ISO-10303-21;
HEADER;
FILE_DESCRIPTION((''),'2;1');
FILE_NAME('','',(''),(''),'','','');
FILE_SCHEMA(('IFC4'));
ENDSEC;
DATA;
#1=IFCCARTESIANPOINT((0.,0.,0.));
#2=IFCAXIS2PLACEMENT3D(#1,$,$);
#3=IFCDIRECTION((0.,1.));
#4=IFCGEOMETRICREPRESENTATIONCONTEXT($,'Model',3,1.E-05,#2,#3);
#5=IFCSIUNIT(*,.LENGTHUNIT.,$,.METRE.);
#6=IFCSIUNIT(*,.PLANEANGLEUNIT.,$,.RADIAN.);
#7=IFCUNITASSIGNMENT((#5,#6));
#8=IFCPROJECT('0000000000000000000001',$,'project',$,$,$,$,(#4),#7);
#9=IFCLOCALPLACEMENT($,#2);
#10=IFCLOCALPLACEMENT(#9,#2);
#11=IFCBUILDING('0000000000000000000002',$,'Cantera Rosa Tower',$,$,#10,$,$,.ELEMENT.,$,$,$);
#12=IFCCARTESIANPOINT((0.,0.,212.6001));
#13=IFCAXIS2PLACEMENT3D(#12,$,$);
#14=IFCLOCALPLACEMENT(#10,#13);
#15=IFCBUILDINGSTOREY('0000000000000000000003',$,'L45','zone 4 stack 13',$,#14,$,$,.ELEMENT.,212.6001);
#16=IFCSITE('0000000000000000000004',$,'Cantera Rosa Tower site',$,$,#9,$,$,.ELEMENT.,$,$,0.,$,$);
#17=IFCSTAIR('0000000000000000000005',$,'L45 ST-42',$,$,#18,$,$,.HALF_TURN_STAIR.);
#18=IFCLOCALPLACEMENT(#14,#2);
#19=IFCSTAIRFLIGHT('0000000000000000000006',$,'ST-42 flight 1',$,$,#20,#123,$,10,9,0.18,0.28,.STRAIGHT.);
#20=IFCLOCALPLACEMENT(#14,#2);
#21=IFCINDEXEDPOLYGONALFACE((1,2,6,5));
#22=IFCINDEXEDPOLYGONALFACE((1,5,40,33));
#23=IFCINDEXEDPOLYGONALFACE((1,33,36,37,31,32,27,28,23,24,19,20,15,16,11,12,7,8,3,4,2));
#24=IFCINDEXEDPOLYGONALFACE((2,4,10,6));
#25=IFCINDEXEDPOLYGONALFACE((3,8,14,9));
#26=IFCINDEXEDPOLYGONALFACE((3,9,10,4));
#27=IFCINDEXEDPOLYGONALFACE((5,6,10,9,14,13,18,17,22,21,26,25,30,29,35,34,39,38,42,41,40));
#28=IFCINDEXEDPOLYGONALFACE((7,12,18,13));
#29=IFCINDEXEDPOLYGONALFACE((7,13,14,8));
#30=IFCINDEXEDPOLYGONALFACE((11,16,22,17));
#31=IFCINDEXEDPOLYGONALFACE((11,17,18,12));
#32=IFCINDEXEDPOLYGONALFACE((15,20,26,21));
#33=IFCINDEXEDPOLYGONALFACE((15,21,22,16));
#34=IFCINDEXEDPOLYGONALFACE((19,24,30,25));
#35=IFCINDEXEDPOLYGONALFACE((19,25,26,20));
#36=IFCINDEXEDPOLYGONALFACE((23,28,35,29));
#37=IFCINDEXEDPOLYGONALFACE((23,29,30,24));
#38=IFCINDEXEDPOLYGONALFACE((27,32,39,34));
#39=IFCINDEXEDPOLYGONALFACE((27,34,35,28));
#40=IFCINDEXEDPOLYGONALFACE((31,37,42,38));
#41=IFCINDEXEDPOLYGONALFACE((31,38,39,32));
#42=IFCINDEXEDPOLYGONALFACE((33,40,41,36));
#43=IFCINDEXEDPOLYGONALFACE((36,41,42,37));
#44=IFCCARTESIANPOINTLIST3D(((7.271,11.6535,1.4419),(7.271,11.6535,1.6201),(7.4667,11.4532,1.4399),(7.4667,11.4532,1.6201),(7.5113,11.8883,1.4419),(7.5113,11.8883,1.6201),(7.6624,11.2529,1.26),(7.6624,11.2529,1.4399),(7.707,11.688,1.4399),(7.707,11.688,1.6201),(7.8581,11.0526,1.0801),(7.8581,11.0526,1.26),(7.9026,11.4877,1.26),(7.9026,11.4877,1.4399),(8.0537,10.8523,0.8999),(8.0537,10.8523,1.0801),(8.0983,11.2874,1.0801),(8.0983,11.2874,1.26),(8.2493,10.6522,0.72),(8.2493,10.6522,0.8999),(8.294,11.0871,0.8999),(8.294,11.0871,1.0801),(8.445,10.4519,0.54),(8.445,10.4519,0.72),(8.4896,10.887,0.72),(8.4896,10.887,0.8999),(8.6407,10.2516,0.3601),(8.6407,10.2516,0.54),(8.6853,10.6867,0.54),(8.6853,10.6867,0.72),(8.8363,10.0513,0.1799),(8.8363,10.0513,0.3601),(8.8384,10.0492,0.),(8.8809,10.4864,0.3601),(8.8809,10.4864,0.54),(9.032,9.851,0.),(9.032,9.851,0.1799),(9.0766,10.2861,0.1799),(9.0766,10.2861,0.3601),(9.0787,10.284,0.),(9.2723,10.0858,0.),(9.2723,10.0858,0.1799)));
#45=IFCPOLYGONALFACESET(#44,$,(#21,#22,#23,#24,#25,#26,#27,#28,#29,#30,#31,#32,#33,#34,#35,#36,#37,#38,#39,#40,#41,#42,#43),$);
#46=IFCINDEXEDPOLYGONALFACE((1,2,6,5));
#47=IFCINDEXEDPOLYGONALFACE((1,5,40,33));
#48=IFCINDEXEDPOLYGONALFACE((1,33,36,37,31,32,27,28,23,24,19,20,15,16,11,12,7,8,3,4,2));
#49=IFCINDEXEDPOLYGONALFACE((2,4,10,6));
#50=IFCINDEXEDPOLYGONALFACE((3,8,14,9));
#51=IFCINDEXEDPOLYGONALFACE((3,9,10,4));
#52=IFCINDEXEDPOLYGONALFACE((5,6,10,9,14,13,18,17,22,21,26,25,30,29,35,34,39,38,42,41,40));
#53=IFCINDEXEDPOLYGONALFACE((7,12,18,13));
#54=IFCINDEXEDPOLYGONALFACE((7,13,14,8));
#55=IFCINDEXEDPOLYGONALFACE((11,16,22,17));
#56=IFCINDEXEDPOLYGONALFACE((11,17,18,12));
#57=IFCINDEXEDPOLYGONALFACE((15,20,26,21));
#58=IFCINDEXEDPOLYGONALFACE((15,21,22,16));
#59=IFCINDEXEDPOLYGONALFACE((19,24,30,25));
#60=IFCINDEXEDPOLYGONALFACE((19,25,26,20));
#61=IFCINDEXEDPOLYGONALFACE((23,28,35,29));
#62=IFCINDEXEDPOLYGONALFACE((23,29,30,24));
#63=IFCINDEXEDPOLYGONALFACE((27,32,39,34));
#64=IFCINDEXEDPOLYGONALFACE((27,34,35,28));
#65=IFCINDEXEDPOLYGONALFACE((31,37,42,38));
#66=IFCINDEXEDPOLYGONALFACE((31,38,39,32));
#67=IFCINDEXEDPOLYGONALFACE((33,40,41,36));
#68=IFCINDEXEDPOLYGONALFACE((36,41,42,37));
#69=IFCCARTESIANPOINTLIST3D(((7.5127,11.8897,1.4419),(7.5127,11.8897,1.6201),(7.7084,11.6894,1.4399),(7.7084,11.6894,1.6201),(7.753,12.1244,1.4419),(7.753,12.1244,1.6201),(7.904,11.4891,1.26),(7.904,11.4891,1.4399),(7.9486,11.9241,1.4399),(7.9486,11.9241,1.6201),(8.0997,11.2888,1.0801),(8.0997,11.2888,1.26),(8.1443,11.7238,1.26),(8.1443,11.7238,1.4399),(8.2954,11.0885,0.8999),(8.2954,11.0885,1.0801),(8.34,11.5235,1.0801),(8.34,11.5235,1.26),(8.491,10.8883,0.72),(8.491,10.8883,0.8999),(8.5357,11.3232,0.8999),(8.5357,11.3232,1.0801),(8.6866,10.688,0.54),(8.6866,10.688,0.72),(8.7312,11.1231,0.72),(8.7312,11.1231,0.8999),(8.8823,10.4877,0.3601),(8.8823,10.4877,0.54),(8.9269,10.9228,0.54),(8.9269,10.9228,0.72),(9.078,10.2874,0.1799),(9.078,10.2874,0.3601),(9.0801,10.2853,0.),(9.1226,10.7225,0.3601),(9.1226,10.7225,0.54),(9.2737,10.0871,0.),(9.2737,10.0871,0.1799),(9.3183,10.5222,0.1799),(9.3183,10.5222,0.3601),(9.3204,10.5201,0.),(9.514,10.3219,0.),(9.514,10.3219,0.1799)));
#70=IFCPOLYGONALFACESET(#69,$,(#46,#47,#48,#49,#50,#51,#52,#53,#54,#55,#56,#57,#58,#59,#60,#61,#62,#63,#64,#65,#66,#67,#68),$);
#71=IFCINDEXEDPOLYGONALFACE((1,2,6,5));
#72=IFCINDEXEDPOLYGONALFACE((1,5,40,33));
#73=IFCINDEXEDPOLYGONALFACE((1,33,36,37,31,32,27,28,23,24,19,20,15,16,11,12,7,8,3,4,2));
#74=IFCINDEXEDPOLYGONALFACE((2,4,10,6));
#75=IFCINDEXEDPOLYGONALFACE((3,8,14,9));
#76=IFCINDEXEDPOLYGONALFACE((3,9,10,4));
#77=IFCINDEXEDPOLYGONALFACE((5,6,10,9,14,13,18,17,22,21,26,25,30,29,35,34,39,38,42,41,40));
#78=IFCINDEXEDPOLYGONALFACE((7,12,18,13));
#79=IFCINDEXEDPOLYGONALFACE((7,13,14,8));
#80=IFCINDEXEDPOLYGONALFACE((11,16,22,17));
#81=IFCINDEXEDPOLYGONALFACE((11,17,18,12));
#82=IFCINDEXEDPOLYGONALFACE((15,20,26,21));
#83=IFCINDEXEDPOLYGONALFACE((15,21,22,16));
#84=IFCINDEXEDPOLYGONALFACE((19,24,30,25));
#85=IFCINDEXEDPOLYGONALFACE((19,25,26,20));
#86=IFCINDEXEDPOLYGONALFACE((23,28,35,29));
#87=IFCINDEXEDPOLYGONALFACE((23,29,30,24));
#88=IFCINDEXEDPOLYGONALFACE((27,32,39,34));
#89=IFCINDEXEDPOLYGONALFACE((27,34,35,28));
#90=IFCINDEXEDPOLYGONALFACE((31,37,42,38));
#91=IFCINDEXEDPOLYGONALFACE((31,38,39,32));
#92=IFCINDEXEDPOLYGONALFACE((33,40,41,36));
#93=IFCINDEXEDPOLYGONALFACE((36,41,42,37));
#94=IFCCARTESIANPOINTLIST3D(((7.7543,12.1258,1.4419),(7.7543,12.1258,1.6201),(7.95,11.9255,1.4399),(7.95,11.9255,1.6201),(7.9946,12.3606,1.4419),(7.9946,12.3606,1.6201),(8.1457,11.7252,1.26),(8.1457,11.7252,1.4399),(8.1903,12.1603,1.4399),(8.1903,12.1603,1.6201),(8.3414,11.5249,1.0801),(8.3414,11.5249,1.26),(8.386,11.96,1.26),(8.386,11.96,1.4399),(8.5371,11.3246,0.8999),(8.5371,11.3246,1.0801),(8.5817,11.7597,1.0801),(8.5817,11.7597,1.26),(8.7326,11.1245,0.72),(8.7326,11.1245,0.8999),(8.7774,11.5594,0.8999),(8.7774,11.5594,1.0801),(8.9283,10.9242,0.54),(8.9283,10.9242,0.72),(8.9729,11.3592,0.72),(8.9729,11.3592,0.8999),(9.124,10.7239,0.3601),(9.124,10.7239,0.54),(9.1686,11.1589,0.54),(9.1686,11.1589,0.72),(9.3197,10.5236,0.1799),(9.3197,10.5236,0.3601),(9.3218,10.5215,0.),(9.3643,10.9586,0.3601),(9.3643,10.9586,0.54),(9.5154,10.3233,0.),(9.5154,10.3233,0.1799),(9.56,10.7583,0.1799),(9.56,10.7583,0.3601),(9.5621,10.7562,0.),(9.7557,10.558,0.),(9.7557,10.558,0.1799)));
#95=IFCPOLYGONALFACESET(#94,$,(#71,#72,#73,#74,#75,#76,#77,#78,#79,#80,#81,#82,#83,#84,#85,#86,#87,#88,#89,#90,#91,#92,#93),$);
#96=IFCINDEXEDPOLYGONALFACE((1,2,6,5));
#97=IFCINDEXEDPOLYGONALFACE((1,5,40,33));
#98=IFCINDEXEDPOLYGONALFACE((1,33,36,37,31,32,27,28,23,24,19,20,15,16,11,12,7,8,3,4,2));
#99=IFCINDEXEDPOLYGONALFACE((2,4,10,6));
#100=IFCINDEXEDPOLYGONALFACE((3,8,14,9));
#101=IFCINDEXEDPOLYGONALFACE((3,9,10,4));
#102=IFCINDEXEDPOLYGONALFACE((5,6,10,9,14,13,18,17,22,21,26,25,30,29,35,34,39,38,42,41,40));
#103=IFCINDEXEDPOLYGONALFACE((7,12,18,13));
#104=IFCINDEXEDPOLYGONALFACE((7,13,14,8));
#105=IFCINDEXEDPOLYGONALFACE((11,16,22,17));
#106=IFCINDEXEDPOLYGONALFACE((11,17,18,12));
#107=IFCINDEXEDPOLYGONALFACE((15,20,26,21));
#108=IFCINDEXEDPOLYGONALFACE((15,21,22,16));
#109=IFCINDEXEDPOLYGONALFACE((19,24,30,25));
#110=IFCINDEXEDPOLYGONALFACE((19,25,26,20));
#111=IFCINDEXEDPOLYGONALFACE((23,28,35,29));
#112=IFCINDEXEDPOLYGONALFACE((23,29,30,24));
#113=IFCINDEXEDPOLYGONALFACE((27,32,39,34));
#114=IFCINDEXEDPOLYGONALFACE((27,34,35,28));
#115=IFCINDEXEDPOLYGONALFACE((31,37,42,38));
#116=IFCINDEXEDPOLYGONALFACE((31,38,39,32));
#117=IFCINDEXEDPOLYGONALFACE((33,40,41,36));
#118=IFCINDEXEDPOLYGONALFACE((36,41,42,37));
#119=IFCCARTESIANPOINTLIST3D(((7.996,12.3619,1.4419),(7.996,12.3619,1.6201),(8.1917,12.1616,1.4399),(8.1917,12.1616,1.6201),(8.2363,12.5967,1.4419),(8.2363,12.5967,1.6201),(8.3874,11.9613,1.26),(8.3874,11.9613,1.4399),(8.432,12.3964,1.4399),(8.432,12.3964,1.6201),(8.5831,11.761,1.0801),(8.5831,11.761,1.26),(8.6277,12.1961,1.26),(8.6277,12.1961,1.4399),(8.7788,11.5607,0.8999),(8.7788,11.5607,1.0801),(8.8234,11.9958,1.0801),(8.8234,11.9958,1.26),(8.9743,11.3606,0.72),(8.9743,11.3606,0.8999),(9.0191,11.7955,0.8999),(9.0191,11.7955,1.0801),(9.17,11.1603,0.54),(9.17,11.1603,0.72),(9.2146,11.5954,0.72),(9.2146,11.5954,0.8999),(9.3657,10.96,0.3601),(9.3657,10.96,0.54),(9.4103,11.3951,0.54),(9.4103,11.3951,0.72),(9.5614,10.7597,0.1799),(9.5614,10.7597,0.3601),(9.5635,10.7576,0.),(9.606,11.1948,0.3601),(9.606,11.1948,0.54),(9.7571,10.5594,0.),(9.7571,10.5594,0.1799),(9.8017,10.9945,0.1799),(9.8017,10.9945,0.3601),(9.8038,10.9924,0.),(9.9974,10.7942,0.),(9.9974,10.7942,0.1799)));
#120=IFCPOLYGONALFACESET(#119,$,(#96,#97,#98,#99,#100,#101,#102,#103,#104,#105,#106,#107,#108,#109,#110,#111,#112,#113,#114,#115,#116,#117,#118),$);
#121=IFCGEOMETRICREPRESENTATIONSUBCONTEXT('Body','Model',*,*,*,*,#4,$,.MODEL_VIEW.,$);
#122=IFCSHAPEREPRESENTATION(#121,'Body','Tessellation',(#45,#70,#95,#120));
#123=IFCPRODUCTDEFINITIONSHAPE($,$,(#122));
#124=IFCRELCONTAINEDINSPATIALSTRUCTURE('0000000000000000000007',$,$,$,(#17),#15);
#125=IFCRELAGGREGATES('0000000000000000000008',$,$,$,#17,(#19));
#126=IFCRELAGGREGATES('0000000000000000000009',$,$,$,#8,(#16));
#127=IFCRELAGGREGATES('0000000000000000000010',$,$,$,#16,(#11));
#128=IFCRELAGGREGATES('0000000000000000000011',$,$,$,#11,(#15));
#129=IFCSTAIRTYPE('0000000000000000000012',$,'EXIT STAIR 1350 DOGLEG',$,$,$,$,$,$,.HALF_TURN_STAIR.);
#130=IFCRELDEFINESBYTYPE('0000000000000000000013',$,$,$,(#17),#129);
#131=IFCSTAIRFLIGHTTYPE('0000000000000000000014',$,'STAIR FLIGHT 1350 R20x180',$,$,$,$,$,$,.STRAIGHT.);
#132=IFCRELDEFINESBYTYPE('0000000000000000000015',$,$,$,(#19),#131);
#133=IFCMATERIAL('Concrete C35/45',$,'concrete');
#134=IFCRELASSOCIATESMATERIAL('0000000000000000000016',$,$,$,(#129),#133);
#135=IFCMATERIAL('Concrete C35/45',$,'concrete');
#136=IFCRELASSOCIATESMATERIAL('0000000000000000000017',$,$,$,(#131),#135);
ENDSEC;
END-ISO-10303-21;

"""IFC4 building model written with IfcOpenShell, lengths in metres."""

from ifc_helpers import new_model, si_unit, direction, frame, origin, place, context, subcontext, project, spatial, polyline, outline, extrude, material, type_object, element, aggregate, save


model = new_model("IFC4")

# Units and contexts
model_context = context("Model", 3, precision=1e-05, world=origin(), true_north=direction((0.0, 1.0)))
body_context = subcontext(model_context, "Body", "Model", "MODEL_VIEW")
ifc_project = project(units=[si_unit("LENGTHUNIT", "METRE"), si_unit("PLANEANGLEUNIT", "RADIAN")], contexts=[model_context])

# Site, building, storey
site_placement = place(None, origin())
site = spatial("IfcSite", under=ifc_project, at=site_placement, Name="Cantera Rosa Tower site", CompositionType="ELEMENT", RefElevation=0.0)
building_placement = place(site_placement, origin())
building = spatial("IfcBuilding", under=site, at=building_placement, Name="Cantera Rosa Tower", CompositionType="ELEMENT")
storey_placement = place(building_placement, frame((0.0, 0.0, 212.6001)))
storey = spatial("IfcBuildingStorey", under=building, at=storey_placement, Name="L45", Description="zone 4 stack 13", CompositionType="ELEMENT", Elevation=212.6001)

# Shared definitions
ifc_material_1 = material(Name="Concrete C35/45", Category="concrete")
stair_type = type_object("IfcStairType", Name="EXIT STAIR 1350 DOGLEG", PredefinedType="HALF_TURN_STAIR", material=ifc_material_1)
ifc_material_2 = material(Name="Concrete C35/45", Category="concrete")
stair_flight_type = type_object("IfcStairFlightType", Name="STAIR FLIGHT 1350 R20x180", PredefinedType="STRAIGHT", material=ifc_material_2)

# Stair, stair flight
stair_1_placement = place(storey_placement, origin())
stair_1 = element("IfcStair", 1, at=stair_1_placement, inside=storey, type_object=stair_type, Name="L45 ST-42", PredefinedType="HALF_TURN_STAIR")
stair_flight_1_placement = place(storey_placement, frame((9.5149, 10.3228, 0.0), z_axis=(0.0, 0.0, 1.0), x_axis=(-0.698832, 0.715286, 0.0)))
stair_flight_1 = element("IfcStairFlight", 2, at=stair_flight_1_placement, type_object=stair_flight_type, Name="ST-42 flight 1", NumberOfRisers=10, NumberOfTreads=9, PredefinedType="STRAIGHT", RiserHeight=0.18, TreadLength=0.28, context=body_context, shape_type="SweptSolid", body=[
    extrude(outline(polyline([(0.0, 0.0), (0.0, 0.1799), (0.28, 0.1799), (0.28, 0.3601), (0.5601, 0.3601), (0.5601, 0.54), (0.8401, 0.54), (0.8401, 0.72), (1.1201, 0.72), (1.1201, 0.8999), (1.3999, 0.8999), (1.3999, 1.0801), (1.6799, 1.0801), (1.6799, 1.26), (1.96, 1.26), (1.96, 1.4399), (2.24, 1.4399), (2.24, 1.6201), (2.52, 1.6201), (2.52, 1.8), (2.52, 1.4419), (0.2771, 0.0), (0.0, 0.0)])), frame((0.0, 0.675, 0.0), z_axis=(0.0, -1.0, 0.0), x_axis=(1.0, 0.0, 0.0)), (0.0, 0.0, 1.0), 0.3359),
    extrude(outline(polyline([(0.0, 0.0), (0.0, 0.1799), (0.28, 0.1799), (0.28, 0.3601), (0.5601, 0.3601), (0.5601, 0.54), (0.8401, 0.54), (0.8401, 0.72), (1.1201, 0.72), (1.1201, 0.8999), (1.3999, 0.8999), (1.3999, 1.0801), (1.6799, 1.0801), (1.6799, 1.26), (1.96, 1.26), (1.96, 1.4399), (2.24, 1.4399), (2.24, 1.6201), (2.52, 1.6201), (2.52, 1.8), (2.52, 1.4419), (0.2771, 0.0), (0.0, 0.0)])), frame((0.0, 0.3372, 0.0), z_axis=(0.0, -1.0, 0.0), x_axis=(1.0, 0.0, 0.0)), (0.0, 0.0, 1.0), 0.3359),
    extrude(outline(polyline([(0.0, 0.0), (0.0, 0.1799), (0.28, 0.1799), (0.28, 0.3601), (0.5601, 0.3601), (0.5601, 0.54), (0.8401, 0.54), (0.8401, 0.72), (1.1201, 0.72), (1.1201, 0.8999), (1.3999, 0.8999), (1.3999, 1.0801), (1.6799, 1.0801), (1.6799, 1.26), (1.96, 1.26), (1.96, 1.4399), (2.24, 1.4399), (2.24, 1.6201), (2.52, 1.6201), (2.52, 1.8), (2.52, 1.4419), (0.2771, 0.0), (0.0, 0.0)])), frame((0.0, -0.0007, 0.0), z_axis=(0.0, -1.0, 0.0), x_axis=(1.0, 0.0, 0.0)), (0.0, 0.0, 1.0), 0.3359),
    extrude(outline(polyline([(0.0, 0.0), (0.0, 0.1799), (0.28, 0.1799), (0.28, 0.3601), (0.5601, 0.3601), (0.5601, 0.54), (0.8401, 0.54), (0.8401, 0.72), (1.1201, 0.72), (1.1201, 0.8999), (1.3999, 0.8999), (1.3999, 1.0801), (1.6799, 1.0801), (1.6799, 1.26), (1.96, 1.26), (1.96, 1.4399), (2.24, 1.4399), (2.24, 1.6201), (2.52, 1.6201), (2.52, 1.8), (2.52, 1.4419), (0.2771, 0.0), (0.0, 0.0)])), frame((0.0, -0.3386, 0.0), z_axis=(0.0, -1.0, 0.0), x_axis=(1.0, 0.0, 0.0)), (0.0, 0.0, 1.0), 0.3359),
])
aggregate(stair_1, [stair_flight_1])

save(model, "model.ifc")
